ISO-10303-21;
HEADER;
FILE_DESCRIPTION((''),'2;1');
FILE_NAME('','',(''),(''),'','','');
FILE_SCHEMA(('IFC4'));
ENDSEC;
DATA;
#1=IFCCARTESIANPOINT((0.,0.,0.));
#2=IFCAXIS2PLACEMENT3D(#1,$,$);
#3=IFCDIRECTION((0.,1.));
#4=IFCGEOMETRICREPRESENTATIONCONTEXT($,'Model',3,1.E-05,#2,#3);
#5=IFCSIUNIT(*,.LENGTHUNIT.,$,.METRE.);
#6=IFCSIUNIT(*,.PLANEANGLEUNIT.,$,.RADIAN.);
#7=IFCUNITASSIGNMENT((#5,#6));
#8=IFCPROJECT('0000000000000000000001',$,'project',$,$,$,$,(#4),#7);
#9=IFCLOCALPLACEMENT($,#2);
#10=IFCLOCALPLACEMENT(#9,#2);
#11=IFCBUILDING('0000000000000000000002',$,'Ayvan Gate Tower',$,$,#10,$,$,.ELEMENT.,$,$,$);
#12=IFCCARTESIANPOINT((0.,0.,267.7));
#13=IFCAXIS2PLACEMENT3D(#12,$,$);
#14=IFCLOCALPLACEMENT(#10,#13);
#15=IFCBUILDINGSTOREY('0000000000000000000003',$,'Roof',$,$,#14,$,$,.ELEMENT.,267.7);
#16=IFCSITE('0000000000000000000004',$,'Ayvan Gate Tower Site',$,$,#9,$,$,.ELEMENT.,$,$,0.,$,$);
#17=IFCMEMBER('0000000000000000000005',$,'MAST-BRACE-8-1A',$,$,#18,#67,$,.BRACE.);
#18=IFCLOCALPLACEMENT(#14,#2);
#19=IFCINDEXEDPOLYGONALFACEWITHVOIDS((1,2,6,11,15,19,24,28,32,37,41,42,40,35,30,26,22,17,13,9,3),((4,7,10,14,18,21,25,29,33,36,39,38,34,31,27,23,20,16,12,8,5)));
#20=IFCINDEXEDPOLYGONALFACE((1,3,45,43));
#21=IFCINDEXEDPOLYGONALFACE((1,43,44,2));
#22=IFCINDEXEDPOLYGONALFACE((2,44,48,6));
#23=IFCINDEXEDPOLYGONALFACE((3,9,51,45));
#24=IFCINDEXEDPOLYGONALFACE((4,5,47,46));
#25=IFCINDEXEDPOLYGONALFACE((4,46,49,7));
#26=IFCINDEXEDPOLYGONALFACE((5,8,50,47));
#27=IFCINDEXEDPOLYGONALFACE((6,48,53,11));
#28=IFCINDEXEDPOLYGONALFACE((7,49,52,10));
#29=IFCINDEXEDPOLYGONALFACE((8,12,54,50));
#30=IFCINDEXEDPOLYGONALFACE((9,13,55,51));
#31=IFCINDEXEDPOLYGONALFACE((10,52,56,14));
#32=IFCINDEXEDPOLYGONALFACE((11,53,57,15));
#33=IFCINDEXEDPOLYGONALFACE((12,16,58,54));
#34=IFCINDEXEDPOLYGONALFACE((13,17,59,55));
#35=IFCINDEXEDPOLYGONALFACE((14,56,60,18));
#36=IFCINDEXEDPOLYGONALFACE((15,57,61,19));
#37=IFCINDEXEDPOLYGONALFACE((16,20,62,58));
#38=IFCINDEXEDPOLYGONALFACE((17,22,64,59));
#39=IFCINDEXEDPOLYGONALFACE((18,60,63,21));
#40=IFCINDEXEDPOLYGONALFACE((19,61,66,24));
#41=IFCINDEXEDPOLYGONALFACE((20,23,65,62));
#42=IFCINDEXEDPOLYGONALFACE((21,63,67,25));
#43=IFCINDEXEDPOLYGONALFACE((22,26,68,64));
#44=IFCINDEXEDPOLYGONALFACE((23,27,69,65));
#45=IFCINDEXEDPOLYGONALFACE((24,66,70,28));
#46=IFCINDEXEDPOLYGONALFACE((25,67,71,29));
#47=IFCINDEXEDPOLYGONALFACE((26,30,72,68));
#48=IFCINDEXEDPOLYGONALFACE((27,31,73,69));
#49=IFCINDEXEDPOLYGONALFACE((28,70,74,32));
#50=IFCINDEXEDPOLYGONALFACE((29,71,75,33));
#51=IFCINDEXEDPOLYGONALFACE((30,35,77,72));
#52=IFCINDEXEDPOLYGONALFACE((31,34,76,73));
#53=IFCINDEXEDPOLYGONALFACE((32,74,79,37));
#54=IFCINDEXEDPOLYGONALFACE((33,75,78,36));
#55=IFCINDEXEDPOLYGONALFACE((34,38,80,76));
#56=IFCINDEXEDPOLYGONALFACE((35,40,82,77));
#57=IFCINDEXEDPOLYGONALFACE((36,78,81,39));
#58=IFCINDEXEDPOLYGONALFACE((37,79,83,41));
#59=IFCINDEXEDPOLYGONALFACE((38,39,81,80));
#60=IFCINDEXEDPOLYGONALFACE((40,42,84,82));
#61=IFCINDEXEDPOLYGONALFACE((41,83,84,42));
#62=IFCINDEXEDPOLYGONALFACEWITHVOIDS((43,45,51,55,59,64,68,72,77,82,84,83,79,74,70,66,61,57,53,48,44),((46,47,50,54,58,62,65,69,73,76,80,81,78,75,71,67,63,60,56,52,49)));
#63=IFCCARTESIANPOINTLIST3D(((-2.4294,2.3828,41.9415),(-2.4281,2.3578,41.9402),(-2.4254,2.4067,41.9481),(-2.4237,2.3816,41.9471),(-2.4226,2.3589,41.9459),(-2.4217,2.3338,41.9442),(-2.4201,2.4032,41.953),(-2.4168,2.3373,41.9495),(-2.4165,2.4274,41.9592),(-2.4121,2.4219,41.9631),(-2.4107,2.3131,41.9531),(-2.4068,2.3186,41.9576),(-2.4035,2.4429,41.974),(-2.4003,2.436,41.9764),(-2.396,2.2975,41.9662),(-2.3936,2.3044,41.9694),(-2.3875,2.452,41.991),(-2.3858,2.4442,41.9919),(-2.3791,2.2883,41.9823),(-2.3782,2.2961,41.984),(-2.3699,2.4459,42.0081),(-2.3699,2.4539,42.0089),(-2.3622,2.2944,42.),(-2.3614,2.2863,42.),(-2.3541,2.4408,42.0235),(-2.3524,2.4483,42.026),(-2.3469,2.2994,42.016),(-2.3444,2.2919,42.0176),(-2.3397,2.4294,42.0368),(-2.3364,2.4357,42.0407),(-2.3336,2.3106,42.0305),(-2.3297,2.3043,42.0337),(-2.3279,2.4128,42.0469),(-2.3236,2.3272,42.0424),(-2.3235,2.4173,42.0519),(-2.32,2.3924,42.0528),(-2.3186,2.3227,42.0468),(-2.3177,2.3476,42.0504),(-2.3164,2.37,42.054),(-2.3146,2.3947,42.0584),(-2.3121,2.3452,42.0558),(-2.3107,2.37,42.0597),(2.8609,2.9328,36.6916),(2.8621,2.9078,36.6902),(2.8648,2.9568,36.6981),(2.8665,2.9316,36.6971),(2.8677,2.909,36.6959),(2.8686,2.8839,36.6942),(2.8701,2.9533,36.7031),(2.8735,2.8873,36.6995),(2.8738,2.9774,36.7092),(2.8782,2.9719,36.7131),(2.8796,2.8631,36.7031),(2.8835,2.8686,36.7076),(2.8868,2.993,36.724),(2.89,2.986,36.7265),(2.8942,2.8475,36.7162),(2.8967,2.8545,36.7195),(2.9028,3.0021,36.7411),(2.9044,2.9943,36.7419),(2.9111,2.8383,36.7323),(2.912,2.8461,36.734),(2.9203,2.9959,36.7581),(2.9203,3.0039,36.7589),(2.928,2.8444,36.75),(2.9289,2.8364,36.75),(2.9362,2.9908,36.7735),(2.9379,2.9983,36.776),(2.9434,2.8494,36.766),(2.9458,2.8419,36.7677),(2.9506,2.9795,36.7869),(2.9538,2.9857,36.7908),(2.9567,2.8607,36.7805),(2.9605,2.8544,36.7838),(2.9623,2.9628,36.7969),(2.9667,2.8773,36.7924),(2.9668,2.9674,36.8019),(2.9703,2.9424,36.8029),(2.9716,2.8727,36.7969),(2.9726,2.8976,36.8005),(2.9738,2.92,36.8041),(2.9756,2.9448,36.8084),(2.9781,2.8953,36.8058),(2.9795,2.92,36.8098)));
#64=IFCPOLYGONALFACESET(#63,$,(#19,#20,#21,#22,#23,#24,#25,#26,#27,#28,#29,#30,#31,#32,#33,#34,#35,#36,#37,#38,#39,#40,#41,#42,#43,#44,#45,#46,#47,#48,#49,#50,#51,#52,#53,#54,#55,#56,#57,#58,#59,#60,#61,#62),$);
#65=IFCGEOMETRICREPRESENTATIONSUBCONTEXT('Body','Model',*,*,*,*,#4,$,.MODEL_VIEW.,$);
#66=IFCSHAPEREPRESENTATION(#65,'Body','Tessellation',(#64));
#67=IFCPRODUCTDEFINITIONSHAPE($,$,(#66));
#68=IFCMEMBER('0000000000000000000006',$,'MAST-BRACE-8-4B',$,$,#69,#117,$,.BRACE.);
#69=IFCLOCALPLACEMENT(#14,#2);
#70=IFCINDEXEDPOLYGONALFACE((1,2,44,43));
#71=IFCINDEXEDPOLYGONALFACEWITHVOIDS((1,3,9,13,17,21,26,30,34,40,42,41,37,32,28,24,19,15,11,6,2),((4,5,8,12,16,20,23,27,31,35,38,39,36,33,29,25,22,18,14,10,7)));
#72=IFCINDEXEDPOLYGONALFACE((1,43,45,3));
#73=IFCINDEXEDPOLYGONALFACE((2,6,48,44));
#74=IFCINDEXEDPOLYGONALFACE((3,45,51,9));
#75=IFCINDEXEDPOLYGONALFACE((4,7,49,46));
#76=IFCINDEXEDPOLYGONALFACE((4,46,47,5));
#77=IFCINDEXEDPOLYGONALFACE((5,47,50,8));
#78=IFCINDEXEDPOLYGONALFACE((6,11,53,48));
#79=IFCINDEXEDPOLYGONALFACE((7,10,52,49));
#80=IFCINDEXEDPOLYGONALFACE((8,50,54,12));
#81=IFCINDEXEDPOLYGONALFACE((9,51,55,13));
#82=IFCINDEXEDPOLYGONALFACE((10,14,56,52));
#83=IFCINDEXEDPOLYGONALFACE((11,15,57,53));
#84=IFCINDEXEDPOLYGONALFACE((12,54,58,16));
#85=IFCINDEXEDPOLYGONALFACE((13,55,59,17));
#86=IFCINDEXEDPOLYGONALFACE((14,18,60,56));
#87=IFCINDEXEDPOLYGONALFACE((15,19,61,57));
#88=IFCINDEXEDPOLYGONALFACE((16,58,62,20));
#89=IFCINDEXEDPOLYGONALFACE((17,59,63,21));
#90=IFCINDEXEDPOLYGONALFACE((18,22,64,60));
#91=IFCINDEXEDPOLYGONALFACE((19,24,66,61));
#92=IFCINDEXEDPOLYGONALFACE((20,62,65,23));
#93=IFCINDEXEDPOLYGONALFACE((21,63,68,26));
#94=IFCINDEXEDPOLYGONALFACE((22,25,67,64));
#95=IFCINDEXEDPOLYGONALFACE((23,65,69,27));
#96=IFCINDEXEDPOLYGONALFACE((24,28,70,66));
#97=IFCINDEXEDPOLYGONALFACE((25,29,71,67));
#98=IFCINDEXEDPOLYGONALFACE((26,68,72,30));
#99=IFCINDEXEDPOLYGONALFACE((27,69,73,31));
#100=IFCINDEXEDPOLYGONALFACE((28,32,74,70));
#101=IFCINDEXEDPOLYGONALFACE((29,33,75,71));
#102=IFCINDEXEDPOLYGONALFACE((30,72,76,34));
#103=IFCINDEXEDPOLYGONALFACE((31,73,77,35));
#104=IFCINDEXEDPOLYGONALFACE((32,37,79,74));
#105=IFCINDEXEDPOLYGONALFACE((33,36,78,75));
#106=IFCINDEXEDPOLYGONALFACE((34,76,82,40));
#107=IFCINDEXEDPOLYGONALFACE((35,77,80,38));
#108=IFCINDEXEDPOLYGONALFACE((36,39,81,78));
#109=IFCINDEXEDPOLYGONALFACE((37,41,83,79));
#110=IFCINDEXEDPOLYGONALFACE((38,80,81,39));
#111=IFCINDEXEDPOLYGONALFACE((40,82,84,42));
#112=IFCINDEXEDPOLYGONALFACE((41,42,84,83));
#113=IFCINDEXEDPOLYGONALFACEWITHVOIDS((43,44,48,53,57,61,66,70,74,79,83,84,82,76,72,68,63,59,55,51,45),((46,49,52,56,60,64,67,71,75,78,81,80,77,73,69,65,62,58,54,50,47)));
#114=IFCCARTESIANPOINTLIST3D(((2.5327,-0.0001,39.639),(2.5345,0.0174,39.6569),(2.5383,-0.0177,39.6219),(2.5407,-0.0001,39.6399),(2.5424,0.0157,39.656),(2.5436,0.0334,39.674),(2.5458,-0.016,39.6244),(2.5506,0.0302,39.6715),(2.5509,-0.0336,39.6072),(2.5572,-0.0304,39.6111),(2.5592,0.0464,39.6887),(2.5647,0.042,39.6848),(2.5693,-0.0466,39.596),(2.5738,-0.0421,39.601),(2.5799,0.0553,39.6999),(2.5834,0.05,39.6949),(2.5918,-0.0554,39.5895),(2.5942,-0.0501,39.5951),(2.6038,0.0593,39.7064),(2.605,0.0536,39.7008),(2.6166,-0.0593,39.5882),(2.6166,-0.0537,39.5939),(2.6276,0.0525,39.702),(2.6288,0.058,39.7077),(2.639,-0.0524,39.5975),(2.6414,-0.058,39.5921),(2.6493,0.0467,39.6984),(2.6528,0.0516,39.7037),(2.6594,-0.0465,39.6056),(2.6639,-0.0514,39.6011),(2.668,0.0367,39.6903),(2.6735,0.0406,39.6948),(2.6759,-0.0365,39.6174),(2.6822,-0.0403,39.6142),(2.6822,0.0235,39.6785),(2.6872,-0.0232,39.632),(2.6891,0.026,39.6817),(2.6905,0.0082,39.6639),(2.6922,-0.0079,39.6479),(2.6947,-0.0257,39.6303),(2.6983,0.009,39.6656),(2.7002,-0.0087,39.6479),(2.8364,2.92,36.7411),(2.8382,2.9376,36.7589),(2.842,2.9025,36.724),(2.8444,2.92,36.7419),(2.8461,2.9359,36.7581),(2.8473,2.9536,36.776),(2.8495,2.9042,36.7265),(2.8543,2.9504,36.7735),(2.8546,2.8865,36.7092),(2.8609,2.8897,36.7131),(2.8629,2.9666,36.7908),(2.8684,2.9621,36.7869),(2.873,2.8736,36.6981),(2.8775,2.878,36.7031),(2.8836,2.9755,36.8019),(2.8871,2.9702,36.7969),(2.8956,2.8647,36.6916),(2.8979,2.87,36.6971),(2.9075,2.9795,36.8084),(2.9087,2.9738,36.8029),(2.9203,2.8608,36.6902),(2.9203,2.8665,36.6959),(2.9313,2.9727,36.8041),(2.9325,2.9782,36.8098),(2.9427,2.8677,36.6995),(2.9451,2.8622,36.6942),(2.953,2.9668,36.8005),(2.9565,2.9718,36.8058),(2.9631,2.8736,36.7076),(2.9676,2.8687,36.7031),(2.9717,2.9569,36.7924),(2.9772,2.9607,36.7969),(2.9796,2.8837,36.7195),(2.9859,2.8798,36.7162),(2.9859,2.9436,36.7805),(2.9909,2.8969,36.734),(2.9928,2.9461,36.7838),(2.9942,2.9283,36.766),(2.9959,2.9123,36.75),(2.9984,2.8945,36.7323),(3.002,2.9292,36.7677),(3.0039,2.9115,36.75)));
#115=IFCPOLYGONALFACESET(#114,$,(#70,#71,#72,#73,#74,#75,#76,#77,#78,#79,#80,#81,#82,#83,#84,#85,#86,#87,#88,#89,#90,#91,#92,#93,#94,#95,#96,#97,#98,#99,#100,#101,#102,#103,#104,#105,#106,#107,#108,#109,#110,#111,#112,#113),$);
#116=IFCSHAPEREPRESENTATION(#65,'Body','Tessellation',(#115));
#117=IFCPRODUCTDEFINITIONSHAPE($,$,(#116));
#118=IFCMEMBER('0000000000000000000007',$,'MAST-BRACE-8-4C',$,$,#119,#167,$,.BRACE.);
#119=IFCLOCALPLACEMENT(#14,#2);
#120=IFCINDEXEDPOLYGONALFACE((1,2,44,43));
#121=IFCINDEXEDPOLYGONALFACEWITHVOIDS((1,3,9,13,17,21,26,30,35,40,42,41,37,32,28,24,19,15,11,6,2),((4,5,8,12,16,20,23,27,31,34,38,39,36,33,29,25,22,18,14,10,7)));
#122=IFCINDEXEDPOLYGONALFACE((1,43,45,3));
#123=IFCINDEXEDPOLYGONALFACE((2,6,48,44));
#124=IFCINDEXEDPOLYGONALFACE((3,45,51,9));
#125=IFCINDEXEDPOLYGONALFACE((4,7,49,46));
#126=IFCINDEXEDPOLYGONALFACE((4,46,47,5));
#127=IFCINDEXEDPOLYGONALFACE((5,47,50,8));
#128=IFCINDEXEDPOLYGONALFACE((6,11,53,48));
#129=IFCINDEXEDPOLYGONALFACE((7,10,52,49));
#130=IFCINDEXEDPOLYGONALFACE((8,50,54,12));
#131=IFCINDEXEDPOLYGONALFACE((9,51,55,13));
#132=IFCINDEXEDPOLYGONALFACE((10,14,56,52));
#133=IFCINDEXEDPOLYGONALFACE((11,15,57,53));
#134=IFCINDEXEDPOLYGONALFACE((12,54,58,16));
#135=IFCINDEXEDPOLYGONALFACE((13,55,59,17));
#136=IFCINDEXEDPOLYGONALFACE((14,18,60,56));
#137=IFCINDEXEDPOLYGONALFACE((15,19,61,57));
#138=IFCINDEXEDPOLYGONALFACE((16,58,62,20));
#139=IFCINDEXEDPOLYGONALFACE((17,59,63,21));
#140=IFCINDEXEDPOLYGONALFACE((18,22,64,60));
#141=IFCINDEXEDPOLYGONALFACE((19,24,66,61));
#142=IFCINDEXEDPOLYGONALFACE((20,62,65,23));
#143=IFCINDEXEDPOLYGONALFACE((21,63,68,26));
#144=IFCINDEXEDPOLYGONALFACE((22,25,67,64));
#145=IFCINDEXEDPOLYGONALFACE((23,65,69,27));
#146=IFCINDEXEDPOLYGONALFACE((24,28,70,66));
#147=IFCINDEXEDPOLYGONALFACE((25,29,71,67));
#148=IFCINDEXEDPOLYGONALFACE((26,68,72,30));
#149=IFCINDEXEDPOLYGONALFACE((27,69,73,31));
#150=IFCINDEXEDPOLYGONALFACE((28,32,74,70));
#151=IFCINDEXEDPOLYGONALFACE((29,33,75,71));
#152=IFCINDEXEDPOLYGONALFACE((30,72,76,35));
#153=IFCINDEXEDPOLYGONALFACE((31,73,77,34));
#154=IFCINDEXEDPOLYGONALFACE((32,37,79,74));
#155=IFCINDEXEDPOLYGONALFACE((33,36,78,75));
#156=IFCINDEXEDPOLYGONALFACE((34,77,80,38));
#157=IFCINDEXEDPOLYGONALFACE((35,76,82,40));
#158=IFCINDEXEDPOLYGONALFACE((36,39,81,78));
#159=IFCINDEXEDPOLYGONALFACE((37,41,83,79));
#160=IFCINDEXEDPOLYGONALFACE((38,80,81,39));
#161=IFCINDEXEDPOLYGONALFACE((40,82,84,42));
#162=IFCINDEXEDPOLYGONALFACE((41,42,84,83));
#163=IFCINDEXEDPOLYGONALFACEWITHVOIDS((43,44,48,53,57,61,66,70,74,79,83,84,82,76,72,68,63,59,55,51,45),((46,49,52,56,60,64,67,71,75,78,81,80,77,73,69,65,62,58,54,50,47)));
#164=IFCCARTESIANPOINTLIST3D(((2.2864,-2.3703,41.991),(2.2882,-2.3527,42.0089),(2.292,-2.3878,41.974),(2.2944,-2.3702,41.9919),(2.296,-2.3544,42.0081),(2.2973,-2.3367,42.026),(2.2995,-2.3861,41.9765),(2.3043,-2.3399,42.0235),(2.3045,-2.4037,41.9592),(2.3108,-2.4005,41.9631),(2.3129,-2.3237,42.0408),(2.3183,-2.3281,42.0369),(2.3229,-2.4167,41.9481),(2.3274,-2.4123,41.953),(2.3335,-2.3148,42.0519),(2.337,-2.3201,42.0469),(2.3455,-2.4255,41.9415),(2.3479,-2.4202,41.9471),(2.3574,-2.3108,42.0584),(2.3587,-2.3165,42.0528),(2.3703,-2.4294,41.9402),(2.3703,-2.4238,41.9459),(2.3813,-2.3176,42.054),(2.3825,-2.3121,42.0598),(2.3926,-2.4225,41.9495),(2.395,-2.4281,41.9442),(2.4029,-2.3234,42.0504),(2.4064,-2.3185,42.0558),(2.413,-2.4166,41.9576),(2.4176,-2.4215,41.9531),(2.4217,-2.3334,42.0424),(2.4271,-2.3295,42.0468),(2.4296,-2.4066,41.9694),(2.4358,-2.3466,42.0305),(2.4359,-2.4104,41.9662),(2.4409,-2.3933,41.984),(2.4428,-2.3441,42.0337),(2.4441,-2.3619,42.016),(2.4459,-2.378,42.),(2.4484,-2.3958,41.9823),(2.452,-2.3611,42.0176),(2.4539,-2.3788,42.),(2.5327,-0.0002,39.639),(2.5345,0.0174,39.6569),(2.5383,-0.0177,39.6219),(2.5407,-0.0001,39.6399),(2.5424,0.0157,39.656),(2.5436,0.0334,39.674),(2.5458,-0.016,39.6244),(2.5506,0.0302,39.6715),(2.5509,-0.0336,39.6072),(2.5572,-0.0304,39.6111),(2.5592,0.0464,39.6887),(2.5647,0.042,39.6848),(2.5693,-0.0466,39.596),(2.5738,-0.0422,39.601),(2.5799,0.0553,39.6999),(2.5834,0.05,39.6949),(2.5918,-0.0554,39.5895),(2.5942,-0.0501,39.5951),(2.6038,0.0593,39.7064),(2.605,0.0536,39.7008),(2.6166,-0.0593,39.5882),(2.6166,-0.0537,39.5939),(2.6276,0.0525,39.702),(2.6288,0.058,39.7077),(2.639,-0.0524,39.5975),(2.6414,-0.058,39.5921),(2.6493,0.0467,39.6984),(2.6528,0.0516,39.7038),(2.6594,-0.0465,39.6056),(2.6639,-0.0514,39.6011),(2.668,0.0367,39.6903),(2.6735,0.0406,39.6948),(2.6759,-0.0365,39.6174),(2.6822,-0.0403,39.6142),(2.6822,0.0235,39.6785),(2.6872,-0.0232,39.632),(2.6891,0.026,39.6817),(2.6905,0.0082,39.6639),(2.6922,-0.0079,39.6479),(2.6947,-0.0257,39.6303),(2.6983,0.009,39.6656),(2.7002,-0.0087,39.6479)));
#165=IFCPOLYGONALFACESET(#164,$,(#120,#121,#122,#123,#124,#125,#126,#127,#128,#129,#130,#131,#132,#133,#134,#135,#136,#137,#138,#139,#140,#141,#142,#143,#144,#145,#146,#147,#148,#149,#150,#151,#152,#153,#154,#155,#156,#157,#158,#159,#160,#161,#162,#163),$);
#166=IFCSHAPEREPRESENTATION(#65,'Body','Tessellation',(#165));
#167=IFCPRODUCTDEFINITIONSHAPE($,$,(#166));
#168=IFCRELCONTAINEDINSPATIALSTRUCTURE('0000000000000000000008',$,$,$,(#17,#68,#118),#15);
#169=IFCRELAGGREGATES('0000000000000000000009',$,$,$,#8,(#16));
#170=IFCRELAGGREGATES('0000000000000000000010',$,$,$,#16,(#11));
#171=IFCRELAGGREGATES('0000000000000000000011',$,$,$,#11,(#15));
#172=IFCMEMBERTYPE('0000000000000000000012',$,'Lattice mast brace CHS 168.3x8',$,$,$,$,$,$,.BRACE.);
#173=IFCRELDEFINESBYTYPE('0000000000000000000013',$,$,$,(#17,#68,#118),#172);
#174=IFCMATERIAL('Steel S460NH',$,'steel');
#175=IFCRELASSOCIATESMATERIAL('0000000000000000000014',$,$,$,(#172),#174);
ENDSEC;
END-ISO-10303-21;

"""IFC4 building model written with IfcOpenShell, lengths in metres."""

from ifc_helpers import new_model, si_unit, direction, frame, origin, origin_2d, place, context, subcontext, project, spatial, hollow_circle, extrude, material, material_profile, profile_set, type_object, element, save


model = new_model("IFC4")

# Units and contexts
model_context = context("Model", 3, precision=1e-05, world=origin(), true_north=direction((0.0, 1.0)))
body_context = subcontext(model_context, "Body", "Model", "MODEL_VIEW")
ifc_project = project(units=[si_unit("LENGTHUNIT", "METRE"), si_unit("PLANEANGLEUNIT", "RADIAN")], contexts=[model_context])

# Site, building, storey
site_placement = place(None, origin())
site = spatial("IfcSite", under=ifc_project, at=site_placement, Name="Ayvan Gate Tower Site", CompositionType="ELEMENT", RefElevation=0.0)
building_placement = place(site_placement, origin())
building = spatial("IfcBuilding", under=site, at=building_placement, Name="Ayvan Gate Tower", CompositionType="ELEMENT")
storey_placement = place(building_placement, frame((0.0, 0.0, 267.7)))
storey = spatial("IfcBuildingStorey", under=building, at=storey_placement, Name="Roof", CompositionType="ELEMENT", Elevation=267.7)

# Members
ifc_material_1 = material(Name="Steel S460NH", Category="steel")
ifc_material_profile_1 = material_profile(ifc_material_1, hollow_circle(Radius=0.0842, WallThickness=0.0081, at=origin_2d()), Name="CHS 168.3x8")
ifc_profile_set_1 = profile_set([ifc_material_profile_1], Name="Steel S460NH")
member_type_1 = type_object("IfcMemberType", Name="Lattice mast brace CHS 168.3x8", PredefinedType="BRACE", material=ifc_profile_set_1)
member_1_placement = place(storey_placement, frame((2.9202, 2.9202, 36.75), z_axis=(-0.707879, -0.073601, 0.702489), x_axis=(0.103416, -0.994638, 0.0)))
element("IfcMember", 1, at=member_1_placement, inside=storey, type_object=member_type_1, Name="MAST-BRACE-8-1A", PredefinedType="BRACE", context=body_context, shape_type="SweptSolid", body=[
    extrude(hollow_circle(Radius=0.0842, WallThickness=0.0081, at=origin_2d()), origin(), (0.0, 0.0, 1.0), 7.4734),
])
member_2_placement = place(storey_placement, frame((2.9202, 2.9202, 36.75), z_axis=(-0.073622, -0.707875, 0.70249), x_axis=(0.994635, -0.103447, 0.0)))
element("IfcMember", 2, at=member_2_placement, inside=storey, type_object=member_type_1, Name="MAST-BRACE-8-4B", PredefinedType="BRACE", context=body_context, shape_type="SweptSolid", body=[
    extrude(hollow_circle(Radius=0.0842, WallThickness=0.0081, at=origin_2d()), origin(), (0.0, 0.0, 1.0), 4.1252),
])
member_3_placement = place(storey_placement, frame((2.6165, 0.0, 39.6479), z_axis=(-0.073574, -0.707883, 0.702487), x_axis=(0.994642, -0.103378, 0.0)))
element("IfcMember", 3, at=member_3_placement, inside=storey, type_object=member_type_1, Name="MAST-BRACE-8-4C", PredefinedType="BRACE", context=body_context, shape_type="SweptSolid", body=[
    extrude(hollow_circle(Radius=0.0842, WallThickness=0.0081, at=origin_2d()), origin(), (0.0, 0.0, 1.0), 3.3481),
])

save(model, "model.ifc")
